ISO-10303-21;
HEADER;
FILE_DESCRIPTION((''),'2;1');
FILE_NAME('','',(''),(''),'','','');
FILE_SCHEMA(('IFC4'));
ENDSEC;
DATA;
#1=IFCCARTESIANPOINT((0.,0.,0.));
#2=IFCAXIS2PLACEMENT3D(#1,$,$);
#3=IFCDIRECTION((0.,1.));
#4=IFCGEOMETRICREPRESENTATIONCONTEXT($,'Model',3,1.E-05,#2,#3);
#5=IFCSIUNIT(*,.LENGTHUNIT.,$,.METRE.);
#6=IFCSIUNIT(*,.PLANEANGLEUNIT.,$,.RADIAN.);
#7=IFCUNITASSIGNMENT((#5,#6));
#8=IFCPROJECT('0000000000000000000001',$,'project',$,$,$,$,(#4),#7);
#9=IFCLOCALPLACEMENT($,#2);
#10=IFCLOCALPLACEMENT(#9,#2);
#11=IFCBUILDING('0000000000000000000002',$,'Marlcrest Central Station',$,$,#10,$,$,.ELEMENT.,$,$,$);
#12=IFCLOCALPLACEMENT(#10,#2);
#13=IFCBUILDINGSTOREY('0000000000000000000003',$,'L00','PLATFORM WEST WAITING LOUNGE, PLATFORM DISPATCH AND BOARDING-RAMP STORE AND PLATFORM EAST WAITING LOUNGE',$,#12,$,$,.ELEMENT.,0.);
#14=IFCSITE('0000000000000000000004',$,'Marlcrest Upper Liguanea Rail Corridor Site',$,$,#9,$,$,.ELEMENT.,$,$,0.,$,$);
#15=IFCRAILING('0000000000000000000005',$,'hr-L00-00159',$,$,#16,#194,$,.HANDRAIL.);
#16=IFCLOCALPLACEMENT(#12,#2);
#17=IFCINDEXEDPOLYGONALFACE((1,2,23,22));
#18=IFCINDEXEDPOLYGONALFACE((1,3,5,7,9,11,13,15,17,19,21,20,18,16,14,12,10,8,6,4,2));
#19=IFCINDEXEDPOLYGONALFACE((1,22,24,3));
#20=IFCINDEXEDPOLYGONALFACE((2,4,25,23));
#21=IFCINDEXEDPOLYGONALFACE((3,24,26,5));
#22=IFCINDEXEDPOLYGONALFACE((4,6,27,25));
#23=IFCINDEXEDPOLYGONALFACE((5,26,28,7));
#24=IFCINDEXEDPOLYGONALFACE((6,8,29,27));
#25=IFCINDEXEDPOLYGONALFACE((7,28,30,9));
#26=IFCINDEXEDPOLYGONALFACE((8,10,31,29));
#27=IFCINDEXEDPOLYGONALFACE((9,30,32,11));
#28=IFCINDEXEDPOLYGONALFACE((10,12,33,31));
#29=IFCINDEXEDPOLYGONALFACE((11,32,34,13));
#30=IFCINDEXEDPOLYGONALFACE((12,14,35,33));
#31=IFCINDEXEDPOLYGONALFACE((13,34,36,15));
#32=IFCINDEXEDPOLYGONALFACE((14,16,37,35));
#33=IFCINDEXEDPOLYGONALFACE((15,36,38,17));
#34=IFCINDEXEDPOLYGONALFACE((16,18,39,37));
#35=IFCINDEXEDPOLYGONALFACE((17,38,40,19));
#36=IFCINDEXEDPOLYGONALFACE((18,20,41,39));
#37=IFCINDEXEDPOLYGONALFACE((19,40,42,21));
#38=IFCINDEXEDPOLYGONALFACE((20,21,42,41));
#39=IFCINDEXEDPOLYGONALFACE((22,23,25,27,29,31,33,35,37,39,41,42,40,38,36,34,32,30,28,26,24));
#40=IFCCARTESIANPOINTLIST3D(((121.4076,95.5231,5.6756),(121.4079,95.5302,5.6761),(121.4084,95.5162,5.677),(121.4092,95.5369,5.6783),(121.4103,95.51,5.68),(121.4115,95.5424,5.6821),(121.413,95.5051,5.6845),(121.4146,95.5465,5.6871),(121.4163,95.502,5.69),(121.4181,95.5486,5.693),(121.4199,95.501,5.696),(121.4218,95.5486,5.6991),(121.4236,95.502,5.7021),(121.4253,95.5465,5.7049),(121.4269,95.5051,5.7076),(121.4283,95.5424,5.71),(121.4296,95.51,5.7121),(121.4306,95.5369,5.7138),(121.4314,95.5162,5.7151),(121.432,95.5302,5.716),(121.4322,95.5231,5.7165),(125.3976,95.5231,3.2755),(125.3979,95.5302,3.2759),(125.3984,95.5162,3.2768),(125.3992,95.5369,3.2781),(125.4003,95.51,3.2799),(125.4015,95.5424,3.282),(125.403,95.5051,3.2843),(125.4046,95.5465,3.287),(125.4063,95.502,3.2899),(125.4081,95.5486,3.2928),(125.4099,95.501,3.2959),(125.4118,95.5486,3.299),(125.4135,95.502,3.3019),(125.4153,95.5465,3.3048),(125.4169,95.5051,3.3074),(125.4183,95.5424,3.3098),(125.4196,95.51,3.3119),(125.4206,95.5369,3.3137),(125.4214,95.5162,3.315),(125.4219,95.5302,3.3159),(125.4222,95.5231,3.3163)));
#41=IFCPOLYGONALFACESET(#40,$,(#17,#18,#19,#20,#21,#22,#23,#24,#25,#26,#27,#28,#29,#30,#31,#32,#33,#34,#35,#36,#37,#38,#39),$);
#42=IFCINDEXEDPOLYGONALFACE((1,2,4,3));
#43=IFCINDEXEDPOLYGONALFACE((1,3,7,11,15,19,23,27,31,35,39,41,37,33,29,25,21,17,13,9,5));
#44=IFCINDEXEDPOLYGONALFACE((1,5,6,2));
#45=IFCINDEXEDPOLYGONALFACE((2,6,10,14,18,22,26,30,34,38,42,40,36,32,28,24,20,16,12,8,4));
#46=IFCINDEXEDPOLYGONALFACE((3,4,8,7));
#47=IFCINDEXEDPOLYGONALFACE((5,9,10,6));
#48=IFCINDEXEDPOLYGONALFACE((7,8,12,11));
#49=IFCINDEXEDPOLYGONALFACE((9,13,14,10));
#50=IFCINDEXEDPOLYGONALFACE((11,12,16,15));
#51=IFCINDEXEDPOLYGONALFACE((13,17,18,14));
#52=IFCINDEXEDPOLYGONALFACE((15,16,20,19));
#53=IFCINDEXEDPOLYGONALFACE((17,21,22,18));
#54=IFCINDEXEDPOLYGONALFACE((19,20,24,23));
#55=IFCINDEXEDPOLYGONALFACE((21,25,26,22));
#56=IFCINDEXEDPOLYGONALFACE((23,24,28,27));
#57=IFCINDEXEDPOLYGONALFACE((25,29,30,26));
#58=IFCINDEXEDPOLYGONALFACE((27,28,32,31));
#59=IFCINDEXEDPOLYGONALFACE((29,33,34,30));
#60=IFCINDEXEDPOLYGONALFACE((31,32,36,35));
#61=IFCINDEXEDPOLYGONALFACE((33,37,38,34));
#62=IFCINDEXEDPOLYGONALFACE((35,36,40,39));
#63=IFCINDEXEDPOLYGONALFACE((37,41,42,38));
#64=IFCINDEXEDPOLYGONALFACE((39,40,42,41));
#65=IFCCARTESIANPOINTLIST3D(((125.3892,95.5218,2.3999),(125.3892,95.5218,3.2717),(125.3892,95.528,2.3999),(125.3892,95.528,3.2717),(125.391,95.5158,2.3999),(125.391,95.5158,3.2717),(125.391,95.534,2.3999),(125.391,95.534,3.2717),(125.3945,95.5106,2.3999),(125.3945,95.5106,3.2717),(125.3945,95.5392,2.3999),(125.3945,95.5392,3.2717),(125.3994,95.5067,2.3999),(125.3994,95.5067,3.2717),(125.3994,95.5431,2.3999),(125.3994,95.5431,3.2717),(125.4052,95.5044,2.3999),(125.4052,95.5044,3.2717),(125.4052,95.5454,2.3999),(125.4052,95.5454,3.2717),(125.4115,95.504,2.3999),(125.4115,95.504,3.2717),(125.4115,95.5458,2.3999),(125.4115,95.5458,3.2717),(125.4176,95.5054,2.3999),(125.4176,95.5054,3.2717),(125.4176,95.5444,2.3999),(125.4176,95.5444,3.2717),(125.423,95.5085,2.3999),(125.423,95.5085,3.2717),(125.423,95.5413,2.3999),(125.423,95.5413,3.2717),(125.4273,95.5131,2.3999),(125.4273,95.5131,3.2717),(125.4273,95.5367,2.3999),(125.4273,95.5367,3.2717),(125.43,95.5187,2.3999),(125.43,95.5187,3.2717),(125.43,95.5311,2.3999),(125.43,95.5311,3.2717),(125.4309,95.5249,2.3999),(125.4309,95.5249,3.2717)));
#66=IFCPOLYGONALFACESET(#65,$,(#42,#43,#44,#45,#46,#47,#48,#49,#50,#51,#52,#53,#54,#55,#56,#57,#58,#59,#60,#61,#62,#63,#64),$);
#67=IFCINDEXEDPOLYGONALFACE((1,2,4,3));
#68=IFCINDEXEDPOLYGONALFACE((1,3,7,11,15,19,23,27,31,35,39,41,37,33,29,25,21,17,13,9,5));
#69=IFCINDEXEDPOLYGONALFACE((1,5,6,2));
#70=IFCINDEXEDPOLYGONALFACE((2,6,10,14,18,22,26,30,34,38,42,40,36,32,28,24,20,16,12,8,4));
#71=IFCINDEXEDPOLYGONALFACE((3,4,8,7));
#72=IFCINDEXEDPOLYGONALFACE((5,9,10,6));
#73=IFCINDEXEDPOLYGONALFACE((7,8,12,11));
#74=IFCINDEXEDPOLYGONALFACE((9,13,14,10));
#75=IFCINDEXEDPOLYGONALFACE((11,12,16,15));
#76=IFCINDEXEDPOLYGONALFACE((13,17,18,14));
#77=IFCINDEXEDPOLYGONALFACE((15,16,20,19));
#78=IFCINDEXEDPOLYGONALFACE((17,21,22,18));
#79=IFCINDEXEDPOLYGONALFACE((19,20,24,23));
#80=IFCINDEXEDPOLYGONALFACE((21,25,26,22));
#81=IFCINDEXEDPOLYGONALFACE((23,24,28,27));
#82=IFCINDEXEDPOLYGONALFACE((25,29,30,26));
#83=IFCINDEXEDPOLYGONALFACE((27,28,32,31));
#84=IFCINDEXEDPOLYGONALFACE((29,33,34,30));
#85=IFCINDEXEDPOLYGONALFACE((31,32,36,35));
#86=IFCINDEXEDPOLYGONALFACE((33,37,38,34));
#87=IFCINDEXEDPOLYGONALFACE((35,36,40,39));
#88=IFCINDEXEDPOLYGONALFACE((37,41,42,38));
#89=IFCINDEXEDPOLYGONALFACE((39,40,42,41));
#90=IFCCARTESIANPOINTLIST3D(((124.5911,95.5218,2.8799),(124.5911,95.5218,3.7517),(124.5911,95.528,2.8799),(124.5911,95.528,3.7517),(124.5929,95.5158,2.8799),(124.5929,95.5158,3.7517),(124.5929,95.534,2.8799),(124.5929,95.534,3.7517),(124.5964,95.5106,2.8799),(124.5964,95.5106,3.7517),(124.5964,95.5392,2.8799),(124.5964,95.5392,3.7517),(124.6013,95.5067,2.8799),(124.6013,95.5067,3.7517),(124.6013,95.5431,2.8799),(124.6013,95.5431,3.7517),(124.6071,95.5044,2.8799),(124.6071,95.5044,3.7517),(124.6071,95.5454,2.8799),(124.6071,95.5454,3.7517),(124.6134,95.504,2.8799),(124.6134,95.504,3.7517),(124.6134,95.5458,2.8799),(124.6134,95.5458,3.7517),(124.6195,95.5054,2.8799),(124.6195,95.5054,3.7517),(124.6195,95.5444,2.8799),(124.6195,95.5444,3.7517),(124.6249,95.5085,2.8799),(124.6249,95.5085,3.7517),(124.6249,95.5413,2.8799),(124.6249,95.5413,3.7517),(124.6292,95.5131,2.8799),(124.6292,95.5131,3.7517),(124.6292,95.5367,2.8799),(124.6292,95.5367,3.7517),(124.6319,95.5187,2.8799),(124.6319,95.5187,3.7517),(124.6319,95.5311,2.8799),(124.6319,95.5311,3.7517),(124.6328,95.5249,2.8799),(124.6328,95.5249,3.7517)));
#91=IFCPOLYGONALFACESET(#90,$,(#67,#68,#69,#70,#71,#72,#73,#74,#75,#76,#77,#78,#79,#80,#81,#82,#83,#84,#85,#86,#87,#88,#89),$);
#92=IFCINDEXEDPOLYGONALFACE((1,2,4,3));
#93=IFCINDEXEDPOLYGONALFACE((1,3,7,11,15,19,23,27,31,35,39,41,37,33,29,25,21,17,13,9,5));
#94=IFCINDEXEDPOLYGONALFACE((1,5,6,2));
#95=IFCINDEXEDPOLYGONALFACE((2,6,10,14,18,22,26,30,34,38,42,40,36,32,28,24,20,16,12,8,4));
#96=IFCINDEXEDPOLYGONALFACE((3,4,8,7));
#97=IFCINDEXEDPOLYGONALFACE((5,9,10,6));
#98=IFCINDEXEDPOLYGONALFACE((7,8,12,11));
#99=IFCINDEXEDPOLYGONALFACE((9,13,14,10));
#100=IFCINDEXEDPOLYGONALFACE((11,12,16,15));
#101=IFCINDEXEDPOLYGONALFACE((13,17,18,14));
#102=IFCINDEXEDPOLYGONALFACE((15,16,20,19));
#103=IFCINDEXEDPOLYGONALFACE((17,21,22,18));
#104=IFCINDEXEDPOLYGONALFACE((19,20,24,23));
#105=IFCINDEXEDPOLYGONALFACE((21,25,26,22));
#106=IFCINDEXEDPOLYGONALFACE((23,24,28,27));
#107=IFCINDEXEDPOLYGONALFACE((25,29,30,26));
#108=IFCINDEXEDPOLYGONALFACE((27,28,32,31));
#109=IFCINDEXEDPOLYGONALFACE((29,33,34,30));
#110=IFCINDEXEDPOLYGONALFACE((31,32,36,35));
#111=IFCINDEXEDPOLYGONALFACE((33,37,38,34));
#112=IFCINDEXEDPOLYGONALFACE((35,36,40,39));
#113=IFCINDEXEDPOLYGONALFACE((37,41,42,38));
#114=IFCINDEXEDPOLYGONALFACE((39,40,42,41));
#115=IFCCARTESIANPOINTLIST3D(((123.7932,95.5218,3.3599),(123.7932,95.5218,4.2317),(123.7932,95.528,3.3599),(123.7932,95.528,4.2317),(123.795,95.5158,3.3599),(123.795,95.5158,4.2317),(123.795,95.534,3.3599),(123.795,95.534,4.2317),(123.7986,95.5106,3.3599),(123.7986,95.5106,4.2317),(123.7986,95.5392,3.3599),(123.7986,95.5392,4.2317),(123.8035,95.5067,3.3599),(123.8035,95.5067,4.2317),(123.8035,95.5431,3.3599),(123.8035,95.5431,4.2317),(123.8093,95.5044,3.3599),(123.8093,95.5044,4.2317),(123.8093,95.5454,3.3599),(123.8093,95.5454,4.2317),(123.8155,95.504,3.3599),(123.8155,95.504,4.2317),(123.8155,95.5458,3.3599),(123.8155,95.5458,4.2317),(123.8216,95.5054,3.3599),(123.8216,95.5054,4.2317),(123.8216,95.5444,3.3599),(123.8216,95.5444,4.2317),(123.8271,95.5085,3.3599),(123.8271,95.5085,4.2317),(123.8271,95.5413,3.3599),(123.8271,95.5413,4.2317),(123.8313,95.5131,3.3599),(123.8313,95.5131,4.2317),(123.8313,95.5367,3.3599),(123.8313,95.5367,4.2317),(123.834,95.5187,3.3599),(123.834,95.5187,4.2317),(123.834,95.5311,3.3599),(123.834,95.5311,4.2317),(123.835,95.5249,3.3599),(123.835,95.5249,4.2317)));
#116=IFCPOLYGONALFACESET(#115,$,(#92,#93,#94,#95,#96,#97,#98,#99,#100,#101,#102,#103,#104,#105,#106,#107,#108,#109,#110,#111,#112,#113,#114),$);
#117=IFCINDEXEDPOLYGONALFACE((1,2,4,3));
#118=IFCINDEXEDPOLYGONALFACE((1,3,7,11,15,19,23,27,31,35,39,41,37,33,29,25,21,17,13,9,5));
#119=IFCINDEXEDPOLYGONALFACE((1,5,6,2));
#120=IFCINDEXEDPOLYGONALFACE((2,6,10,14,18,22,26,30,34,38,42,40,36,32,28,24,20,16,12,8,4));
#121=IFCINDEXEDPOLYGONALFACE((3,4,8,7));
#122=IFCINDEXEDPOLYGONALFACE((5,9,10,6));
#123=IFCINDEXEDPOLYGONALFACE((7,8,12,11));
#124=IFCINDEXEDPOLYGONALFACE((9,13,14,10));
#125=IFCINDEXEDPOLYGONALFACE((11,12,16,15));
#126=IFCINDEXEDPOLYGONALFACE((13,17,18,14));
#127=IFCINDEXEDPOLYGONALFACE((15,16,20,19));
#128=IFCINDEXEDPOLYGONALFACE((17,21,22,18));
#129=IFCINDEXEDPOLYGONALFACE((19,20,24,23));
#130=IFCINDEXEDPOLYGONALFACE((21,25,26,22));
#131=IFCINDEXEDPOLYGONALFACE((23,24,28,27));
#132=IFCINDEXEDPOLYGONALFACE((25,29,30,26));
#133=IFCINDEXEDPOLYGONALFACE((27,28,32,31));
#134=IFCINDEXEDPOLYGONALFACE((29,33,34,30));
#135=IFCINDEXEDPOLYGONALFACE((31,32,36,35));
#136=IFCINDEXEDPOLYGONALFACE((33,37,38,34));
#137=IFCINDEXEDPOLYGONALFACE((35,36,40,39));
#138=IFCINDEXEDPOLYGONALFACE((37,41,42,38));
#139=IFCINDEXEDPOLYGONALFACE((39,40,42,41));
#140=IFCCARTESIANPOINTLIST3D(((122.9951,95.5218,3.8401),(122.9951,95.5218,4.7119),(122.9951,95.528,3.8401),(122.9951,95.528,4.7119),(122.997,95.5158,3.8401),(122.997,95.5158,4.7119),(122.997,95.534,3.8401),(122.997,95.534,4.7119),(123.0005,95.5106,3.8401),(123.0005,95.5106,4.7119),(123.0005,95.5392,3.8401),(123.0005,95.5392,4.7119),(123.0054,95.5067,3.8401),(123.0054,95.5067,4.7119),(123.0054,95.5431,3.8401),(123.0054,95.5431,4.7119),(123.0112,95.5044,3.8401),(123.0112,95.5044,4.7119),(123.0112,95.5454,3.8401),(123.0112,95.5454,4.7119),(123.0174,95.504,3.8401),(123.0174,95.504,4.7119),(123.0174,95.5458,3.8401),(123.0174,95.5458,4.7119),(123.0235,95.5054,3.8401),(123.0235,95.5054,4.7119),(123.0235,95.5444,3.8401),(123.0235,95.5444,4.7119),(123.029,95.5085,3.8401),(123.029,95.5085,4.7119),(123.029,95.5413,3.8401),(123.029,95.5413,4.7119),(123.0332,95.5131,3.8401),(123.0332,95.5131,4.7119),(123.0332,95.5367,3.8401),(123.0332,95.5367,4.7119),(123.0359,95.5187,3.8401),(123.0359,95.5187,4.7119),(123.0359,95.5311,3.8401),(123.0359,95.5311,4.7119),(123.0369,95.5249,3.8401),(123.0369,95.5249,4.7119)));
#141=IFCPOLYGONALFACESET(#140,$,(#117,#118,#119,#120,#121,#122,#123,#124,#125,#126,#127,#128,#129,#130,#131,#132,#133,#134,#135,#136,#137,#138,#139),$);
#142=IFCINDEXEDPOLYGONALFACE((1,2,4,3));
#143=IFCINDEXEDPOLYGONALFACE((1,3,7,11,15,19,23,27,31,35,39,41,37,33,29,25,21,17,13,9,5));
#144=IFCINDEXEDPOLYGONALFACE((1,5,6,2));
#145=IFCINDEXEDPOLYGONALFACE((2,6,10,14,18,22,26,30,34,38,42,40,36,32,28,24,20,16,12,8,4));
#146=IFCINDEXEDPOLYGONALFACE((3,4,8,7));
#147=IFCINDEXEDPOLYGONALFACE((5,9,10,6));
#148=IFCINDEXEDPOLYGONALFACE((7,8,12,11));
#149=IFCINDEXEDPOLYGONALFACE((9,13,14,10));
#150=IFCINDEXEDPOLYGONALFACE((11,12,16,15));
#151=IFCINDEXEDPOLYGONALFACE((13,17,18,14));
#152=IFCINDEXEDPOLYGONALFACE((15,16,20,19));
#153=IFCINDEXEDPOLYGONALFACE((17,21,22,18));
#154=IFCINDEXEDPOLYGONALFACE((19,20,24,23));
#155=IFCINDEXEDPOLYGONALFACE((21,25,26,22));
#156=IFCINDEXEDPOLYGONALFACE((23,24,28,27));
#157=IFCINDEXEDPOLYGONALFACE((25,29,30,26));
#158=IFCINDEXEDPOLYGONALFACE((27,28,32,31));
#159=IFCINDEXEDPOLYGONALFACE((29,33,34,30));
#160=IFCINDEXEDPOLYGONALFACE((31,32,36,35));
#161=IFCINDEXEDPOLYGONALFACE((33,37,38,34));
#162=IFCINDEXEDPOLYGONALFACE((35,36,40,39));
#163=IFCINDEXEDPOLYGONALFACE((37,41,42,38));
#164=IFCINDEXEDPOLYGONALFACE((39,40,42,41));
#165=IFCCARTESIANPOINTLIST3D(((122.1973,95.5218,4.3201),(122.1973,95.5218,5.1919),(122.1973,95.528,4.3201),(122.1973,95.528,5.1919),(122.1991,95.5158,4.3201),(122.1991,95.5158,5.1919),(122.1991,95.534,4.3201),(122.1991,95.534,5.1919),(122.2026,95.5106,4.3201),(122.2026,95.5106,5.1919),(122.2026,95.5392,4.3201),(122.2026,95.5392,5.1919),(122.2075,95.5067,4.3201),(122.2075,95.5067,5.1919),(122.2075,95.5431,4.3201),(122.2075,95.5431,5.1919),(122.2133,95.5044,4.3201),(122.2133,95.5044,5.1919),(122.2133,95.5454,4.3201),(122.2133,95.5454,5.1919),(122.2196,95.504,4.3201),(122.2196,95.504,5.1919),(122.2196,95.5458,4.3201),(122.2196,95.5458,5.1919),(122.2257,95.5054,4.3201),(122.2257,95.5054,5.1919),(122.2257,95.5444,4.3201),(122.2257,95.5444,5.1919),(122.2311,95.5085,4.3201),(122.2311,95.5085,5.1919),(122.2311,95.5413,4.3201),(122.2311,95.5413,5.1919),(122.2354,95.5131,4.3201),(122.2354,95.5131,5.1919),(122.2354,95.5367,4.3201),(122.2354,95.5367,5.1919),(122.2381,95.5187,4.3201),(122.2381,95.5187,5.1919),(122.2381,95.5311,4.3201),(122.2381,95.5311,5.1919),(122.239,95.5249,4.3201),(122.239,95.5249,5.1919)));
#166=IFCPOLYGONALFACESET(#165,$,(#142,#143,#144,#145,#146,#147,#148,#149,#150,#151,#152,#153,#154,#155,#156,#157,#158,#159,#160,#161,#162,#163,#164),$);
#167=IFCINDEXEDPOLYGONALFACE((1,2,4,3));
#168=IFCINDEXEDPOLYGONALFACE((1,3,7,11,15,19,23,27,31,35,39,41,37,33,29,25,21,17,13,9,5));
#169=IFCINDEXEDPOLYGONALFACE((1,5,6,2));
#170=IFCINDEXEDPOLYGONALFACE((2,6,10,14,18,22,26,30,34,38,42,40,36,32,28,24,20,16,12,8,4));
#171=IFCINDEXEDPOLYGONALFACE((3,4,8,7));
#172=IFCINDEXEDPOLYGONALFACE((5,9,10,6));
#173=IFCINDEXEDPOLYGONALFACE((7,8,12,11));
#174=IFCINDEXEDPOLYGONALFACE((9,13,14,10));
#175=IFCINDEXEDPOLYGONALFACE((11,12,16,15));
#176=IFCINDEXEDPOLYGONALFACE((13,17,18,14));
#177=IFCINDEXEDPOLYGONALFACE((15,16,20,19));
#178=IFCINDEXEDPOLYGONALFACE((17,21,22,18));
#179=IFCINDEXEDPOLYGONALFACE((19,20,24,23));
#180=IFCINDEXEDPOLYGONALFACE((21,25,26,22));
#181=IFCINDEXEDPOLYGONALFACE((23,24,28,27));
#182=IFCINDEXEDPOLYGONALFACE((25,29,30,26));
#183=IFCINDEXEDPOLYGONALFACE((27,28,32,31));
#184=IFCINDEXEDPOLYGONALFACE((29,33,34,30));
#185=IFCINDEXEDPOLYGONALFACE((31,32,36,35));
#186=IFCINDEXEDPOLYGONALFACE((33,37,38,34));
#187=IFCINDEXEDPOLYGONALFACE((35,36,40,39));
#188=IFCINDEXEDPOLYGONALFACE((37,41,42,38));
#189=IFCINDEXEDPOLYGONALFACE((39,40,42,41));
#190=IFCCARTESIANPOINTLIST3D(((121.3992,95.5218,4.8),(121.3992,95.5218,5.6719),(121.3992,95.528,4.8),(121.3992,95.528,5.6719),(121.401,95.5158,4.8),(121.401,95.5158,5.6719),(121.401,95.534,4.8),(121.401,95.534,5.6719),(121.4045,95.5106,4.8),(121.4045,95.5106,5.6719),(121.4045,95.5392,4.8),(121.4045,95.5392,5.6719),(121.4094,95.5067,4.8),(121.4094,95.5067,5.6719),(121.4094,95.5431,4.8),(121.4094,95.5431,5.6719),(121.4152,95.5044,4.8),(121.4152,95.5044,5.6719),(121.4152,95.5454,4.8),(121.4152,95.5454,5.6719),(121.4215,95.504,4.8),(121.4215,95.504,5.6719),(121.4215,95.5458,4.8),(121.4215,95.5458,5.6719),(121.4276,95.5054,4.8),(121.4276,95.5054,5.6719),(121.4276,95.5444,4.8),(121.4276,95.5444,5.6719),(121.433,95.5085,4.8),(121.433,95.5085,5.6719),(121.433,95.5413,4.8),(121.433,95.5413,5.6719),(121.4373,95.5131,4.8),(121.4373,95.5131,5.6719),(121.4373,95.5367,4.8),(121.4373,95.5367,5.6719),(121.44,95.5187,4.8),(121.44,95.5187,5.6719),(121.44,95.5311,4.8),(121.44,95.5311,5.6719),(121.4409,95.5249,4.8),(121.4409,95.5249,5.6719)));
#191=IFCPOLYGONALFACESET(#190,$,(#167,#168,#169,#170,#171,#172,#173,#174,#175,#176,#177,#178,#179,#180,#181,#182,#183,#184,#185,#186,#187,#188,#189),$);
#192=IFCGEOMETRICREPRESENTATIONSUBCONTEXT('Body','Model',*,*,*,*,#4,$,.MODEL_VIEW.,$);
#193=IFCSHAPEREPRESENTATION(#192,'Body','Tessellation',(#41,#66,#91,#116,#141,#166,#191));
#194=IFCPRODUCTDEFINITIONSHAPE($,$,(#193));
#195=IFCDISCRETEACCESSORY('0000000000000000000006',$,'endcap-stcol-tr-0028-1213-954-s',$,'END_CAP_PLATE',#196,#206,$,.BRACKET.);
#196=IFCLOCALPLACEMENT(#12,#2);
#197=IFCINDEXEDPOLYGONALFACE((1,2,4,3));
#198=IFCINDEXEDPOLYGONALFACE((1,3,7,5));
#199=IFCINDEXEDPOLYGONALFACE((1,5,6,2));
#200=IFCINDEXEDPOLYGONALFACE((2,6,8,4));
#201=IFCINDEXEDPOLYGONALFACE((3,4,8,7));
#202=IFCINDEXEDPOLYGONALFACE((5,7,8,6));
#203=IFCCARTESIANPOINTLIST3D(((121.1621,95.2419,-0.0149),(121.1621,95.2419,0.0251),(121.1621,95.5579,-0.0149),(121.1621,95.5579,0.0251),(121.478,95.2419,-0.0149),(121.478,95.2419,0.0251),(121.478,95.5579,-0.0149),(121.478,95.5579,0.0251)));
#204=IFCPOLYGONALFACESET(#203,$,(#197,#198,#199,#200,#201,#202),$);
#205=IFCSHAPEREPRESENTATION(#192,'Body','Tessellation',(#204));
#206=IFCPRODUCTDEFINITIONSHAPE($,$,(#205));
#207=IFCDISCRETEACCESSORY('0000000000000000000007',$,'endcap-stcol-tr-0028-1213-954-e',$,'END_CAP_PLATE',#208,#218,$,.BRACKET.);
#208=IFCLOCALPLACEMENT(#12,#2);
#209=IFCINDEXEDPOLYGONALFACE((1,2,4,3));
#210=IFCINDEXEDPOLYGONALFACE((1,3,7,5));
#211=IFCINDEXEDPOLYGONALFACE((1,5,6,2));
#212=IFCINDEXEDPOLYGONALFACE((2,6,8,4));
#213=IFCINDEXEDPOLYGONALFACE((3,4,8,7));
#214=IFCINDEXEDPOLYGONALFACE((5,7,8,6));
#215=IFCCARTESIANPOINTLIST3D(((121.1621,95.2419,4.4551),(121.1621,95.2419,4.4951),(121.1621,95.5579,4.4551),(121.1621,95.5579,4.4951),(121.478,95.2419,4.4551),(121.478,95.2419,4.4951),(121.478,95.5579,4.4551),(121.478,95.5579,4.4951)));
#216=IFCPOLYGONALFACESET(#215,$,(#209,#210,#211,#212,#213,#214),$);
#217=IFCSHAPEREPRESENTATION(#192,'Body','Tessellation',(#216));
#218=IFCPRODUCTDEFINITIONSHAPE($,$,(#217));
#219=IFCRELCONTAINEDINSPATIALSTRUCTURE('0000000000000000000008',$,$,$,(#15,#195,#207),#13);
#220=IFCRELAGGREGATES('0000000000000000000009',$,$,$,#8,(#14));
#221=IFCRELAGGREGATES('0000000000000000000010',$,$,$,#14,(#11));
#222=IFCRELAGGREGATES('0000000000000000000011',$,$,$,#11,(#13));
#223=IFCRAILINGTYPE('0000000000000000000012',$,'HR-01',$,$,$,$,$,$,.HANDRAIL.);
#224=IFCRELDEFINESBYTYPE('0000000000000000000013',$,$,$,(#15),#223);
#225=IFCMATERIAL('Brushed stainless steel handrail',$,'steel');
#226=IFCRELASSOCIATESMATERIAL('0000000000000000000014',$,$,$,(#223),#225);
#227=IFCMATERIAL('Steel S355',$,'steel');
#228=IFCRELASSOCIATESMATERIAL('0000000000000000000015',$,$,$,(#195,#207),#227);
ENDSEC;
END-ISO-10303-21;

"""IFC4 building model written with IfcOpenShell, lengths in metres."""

from ifc_helpers import new_model, si_unit, direction, frame, origin, origin_2d, place, context, subcontext, project, spatial, rectangle, circle, extrude, material, type_object, element, save


model = new_model("IFC4")

# Units and contexts
model_context = context("Model", 3, precision=1e-05, world=origin(), true_north=direction((0.0, 1.0)))
body_context = subcontext(model_context, "Body", "Model", "MODEL_VIEW")
ifc_project = project(units=[si_unit("LENGTHUNIT", "METRE"), si_unit("PLANEANGLEUNIT", "RADIAN")], contexts=[model_context])

# Site, building, storey
site_placement = place(None, origin())
site = spatial("IfcSite", under=ifc_project, at=site_placement, Name="Marlcrest Upper Liguanea Rail Corridor Site", CompositionType="ELEMENT", RefElevation=0.0)
building_placement = place(site_placement, origin())
building = spatial("IfcBuilding", under=site, at=building_placement, Name="Marlcrest Central Station", CompositionType="ELEMENT")
storey_placement = place(building_placement, origin())
storey = spatial("IfcBuildingStorey", under=building, at=storey_placement, Name="L00", Description="PLATFORM WEST WAITING LOUNGE, PLATFORM DISPATCH AND BOARDING-RAMP STORE AND PLATFORM EAST WAITING LOUNGE", CompositionType="ELEMENT", Elevation=0.0)

# Shared definitions
ifc_material_1 = material(Name="Steel S355", Category="steel")

# Railing
ifc_material_2 = material(Name="Brushed stainless steel handrail", Category="steel")
railing_type = type_object("IfcRailingType", Name="HR-01", PredefinedType="HANDRAIL", material=ifc_material_2)
railing_1_placement = place(storey_placement, frame((125.4099, 95.5249, 2.3999)))
element("IfcRailing", 1, at=railing_1_placement, inside=storey, type_object=railing_type, Name="hr-L00-00159", PredefinedType="HANDRAIL", context=body_context, shape_type="SweptSolid", body=[
    extrude(circle(Radius=0.0239, at=origin_2d()), frame((0.0, 0.0, 0.896), z_axis=(-0.856909, 0.0, 0.515467), x_axis=(0.0, -1.0, 0.0)), (0.0, 0.0, 1.0), 4.6562),
    extrude(circle(Radius=0.021, at=origin_2d()), origin(), (0.0, 0.0, 1.0), 0.8718),
    extrude(circle(Radius=0.021, at=origin_2d()), frame((-0.7981, 0.0, 0.48)), (0.0, 0.0, 1.0), 0.8718),
    extrude(circle(Radius=0.021, at=origin_2d()), frame((-1.5959, 0.0, 0.96)), (0.0, 0.0, 1.0), 0.8718),
    extrude(circle(Radius=0.021, at=origin_2d()), frame((-2.394, 0.0, 1.4402)), (0.0, 0.0, 1.0), 0.8718),
    extrude(circle(Radius=0.021, at=origin_2d()), frame((-3.1919, 0.0, 1.9202)), (0.0, 0.0, 1.0), 0.8718),
    extrude(circle(Radius=0.021, at=origin_2d()), frame((-3.99, 0.0, 2.4001)), (0.0, 0.0, 1.0), 0.8718),
])

# Discrete accessories
for number, where, z_axis, x_axis, name in (
    (2, (121.3201, 95.3999, -0.0149), (0.0, 0.0, 1.0), (1.0, 0.0, 0.0), "endcap-stcol-tr-0028-1213-954-s"),
    (3, (121.3201, 95.3999, 4.4551), (0.0, 0.0, 1.0), (1.0, 0.0, 0.0), "endcap-stcol-tr-0028-1213-954-e"),
):
    element("IfcDiscreteAccessory", number, at=place(storey_placement, frame(where, z_axis=z_axis, x_axis=x_axis)), inside=storey, material=ifc_material_1, Name=name, ObjectType="END_CAP_PLATE", PredefinedType="BRACKET", context=body_context, shape_type="SweptSolid", body=[
        extrude(rectangle(XDim=0.3159, YDim=0.3159, at=origin_2d()), origin(), (0.0, 0.0, 1.0), 0.04),
    ])

save(model, "model.ifc")
